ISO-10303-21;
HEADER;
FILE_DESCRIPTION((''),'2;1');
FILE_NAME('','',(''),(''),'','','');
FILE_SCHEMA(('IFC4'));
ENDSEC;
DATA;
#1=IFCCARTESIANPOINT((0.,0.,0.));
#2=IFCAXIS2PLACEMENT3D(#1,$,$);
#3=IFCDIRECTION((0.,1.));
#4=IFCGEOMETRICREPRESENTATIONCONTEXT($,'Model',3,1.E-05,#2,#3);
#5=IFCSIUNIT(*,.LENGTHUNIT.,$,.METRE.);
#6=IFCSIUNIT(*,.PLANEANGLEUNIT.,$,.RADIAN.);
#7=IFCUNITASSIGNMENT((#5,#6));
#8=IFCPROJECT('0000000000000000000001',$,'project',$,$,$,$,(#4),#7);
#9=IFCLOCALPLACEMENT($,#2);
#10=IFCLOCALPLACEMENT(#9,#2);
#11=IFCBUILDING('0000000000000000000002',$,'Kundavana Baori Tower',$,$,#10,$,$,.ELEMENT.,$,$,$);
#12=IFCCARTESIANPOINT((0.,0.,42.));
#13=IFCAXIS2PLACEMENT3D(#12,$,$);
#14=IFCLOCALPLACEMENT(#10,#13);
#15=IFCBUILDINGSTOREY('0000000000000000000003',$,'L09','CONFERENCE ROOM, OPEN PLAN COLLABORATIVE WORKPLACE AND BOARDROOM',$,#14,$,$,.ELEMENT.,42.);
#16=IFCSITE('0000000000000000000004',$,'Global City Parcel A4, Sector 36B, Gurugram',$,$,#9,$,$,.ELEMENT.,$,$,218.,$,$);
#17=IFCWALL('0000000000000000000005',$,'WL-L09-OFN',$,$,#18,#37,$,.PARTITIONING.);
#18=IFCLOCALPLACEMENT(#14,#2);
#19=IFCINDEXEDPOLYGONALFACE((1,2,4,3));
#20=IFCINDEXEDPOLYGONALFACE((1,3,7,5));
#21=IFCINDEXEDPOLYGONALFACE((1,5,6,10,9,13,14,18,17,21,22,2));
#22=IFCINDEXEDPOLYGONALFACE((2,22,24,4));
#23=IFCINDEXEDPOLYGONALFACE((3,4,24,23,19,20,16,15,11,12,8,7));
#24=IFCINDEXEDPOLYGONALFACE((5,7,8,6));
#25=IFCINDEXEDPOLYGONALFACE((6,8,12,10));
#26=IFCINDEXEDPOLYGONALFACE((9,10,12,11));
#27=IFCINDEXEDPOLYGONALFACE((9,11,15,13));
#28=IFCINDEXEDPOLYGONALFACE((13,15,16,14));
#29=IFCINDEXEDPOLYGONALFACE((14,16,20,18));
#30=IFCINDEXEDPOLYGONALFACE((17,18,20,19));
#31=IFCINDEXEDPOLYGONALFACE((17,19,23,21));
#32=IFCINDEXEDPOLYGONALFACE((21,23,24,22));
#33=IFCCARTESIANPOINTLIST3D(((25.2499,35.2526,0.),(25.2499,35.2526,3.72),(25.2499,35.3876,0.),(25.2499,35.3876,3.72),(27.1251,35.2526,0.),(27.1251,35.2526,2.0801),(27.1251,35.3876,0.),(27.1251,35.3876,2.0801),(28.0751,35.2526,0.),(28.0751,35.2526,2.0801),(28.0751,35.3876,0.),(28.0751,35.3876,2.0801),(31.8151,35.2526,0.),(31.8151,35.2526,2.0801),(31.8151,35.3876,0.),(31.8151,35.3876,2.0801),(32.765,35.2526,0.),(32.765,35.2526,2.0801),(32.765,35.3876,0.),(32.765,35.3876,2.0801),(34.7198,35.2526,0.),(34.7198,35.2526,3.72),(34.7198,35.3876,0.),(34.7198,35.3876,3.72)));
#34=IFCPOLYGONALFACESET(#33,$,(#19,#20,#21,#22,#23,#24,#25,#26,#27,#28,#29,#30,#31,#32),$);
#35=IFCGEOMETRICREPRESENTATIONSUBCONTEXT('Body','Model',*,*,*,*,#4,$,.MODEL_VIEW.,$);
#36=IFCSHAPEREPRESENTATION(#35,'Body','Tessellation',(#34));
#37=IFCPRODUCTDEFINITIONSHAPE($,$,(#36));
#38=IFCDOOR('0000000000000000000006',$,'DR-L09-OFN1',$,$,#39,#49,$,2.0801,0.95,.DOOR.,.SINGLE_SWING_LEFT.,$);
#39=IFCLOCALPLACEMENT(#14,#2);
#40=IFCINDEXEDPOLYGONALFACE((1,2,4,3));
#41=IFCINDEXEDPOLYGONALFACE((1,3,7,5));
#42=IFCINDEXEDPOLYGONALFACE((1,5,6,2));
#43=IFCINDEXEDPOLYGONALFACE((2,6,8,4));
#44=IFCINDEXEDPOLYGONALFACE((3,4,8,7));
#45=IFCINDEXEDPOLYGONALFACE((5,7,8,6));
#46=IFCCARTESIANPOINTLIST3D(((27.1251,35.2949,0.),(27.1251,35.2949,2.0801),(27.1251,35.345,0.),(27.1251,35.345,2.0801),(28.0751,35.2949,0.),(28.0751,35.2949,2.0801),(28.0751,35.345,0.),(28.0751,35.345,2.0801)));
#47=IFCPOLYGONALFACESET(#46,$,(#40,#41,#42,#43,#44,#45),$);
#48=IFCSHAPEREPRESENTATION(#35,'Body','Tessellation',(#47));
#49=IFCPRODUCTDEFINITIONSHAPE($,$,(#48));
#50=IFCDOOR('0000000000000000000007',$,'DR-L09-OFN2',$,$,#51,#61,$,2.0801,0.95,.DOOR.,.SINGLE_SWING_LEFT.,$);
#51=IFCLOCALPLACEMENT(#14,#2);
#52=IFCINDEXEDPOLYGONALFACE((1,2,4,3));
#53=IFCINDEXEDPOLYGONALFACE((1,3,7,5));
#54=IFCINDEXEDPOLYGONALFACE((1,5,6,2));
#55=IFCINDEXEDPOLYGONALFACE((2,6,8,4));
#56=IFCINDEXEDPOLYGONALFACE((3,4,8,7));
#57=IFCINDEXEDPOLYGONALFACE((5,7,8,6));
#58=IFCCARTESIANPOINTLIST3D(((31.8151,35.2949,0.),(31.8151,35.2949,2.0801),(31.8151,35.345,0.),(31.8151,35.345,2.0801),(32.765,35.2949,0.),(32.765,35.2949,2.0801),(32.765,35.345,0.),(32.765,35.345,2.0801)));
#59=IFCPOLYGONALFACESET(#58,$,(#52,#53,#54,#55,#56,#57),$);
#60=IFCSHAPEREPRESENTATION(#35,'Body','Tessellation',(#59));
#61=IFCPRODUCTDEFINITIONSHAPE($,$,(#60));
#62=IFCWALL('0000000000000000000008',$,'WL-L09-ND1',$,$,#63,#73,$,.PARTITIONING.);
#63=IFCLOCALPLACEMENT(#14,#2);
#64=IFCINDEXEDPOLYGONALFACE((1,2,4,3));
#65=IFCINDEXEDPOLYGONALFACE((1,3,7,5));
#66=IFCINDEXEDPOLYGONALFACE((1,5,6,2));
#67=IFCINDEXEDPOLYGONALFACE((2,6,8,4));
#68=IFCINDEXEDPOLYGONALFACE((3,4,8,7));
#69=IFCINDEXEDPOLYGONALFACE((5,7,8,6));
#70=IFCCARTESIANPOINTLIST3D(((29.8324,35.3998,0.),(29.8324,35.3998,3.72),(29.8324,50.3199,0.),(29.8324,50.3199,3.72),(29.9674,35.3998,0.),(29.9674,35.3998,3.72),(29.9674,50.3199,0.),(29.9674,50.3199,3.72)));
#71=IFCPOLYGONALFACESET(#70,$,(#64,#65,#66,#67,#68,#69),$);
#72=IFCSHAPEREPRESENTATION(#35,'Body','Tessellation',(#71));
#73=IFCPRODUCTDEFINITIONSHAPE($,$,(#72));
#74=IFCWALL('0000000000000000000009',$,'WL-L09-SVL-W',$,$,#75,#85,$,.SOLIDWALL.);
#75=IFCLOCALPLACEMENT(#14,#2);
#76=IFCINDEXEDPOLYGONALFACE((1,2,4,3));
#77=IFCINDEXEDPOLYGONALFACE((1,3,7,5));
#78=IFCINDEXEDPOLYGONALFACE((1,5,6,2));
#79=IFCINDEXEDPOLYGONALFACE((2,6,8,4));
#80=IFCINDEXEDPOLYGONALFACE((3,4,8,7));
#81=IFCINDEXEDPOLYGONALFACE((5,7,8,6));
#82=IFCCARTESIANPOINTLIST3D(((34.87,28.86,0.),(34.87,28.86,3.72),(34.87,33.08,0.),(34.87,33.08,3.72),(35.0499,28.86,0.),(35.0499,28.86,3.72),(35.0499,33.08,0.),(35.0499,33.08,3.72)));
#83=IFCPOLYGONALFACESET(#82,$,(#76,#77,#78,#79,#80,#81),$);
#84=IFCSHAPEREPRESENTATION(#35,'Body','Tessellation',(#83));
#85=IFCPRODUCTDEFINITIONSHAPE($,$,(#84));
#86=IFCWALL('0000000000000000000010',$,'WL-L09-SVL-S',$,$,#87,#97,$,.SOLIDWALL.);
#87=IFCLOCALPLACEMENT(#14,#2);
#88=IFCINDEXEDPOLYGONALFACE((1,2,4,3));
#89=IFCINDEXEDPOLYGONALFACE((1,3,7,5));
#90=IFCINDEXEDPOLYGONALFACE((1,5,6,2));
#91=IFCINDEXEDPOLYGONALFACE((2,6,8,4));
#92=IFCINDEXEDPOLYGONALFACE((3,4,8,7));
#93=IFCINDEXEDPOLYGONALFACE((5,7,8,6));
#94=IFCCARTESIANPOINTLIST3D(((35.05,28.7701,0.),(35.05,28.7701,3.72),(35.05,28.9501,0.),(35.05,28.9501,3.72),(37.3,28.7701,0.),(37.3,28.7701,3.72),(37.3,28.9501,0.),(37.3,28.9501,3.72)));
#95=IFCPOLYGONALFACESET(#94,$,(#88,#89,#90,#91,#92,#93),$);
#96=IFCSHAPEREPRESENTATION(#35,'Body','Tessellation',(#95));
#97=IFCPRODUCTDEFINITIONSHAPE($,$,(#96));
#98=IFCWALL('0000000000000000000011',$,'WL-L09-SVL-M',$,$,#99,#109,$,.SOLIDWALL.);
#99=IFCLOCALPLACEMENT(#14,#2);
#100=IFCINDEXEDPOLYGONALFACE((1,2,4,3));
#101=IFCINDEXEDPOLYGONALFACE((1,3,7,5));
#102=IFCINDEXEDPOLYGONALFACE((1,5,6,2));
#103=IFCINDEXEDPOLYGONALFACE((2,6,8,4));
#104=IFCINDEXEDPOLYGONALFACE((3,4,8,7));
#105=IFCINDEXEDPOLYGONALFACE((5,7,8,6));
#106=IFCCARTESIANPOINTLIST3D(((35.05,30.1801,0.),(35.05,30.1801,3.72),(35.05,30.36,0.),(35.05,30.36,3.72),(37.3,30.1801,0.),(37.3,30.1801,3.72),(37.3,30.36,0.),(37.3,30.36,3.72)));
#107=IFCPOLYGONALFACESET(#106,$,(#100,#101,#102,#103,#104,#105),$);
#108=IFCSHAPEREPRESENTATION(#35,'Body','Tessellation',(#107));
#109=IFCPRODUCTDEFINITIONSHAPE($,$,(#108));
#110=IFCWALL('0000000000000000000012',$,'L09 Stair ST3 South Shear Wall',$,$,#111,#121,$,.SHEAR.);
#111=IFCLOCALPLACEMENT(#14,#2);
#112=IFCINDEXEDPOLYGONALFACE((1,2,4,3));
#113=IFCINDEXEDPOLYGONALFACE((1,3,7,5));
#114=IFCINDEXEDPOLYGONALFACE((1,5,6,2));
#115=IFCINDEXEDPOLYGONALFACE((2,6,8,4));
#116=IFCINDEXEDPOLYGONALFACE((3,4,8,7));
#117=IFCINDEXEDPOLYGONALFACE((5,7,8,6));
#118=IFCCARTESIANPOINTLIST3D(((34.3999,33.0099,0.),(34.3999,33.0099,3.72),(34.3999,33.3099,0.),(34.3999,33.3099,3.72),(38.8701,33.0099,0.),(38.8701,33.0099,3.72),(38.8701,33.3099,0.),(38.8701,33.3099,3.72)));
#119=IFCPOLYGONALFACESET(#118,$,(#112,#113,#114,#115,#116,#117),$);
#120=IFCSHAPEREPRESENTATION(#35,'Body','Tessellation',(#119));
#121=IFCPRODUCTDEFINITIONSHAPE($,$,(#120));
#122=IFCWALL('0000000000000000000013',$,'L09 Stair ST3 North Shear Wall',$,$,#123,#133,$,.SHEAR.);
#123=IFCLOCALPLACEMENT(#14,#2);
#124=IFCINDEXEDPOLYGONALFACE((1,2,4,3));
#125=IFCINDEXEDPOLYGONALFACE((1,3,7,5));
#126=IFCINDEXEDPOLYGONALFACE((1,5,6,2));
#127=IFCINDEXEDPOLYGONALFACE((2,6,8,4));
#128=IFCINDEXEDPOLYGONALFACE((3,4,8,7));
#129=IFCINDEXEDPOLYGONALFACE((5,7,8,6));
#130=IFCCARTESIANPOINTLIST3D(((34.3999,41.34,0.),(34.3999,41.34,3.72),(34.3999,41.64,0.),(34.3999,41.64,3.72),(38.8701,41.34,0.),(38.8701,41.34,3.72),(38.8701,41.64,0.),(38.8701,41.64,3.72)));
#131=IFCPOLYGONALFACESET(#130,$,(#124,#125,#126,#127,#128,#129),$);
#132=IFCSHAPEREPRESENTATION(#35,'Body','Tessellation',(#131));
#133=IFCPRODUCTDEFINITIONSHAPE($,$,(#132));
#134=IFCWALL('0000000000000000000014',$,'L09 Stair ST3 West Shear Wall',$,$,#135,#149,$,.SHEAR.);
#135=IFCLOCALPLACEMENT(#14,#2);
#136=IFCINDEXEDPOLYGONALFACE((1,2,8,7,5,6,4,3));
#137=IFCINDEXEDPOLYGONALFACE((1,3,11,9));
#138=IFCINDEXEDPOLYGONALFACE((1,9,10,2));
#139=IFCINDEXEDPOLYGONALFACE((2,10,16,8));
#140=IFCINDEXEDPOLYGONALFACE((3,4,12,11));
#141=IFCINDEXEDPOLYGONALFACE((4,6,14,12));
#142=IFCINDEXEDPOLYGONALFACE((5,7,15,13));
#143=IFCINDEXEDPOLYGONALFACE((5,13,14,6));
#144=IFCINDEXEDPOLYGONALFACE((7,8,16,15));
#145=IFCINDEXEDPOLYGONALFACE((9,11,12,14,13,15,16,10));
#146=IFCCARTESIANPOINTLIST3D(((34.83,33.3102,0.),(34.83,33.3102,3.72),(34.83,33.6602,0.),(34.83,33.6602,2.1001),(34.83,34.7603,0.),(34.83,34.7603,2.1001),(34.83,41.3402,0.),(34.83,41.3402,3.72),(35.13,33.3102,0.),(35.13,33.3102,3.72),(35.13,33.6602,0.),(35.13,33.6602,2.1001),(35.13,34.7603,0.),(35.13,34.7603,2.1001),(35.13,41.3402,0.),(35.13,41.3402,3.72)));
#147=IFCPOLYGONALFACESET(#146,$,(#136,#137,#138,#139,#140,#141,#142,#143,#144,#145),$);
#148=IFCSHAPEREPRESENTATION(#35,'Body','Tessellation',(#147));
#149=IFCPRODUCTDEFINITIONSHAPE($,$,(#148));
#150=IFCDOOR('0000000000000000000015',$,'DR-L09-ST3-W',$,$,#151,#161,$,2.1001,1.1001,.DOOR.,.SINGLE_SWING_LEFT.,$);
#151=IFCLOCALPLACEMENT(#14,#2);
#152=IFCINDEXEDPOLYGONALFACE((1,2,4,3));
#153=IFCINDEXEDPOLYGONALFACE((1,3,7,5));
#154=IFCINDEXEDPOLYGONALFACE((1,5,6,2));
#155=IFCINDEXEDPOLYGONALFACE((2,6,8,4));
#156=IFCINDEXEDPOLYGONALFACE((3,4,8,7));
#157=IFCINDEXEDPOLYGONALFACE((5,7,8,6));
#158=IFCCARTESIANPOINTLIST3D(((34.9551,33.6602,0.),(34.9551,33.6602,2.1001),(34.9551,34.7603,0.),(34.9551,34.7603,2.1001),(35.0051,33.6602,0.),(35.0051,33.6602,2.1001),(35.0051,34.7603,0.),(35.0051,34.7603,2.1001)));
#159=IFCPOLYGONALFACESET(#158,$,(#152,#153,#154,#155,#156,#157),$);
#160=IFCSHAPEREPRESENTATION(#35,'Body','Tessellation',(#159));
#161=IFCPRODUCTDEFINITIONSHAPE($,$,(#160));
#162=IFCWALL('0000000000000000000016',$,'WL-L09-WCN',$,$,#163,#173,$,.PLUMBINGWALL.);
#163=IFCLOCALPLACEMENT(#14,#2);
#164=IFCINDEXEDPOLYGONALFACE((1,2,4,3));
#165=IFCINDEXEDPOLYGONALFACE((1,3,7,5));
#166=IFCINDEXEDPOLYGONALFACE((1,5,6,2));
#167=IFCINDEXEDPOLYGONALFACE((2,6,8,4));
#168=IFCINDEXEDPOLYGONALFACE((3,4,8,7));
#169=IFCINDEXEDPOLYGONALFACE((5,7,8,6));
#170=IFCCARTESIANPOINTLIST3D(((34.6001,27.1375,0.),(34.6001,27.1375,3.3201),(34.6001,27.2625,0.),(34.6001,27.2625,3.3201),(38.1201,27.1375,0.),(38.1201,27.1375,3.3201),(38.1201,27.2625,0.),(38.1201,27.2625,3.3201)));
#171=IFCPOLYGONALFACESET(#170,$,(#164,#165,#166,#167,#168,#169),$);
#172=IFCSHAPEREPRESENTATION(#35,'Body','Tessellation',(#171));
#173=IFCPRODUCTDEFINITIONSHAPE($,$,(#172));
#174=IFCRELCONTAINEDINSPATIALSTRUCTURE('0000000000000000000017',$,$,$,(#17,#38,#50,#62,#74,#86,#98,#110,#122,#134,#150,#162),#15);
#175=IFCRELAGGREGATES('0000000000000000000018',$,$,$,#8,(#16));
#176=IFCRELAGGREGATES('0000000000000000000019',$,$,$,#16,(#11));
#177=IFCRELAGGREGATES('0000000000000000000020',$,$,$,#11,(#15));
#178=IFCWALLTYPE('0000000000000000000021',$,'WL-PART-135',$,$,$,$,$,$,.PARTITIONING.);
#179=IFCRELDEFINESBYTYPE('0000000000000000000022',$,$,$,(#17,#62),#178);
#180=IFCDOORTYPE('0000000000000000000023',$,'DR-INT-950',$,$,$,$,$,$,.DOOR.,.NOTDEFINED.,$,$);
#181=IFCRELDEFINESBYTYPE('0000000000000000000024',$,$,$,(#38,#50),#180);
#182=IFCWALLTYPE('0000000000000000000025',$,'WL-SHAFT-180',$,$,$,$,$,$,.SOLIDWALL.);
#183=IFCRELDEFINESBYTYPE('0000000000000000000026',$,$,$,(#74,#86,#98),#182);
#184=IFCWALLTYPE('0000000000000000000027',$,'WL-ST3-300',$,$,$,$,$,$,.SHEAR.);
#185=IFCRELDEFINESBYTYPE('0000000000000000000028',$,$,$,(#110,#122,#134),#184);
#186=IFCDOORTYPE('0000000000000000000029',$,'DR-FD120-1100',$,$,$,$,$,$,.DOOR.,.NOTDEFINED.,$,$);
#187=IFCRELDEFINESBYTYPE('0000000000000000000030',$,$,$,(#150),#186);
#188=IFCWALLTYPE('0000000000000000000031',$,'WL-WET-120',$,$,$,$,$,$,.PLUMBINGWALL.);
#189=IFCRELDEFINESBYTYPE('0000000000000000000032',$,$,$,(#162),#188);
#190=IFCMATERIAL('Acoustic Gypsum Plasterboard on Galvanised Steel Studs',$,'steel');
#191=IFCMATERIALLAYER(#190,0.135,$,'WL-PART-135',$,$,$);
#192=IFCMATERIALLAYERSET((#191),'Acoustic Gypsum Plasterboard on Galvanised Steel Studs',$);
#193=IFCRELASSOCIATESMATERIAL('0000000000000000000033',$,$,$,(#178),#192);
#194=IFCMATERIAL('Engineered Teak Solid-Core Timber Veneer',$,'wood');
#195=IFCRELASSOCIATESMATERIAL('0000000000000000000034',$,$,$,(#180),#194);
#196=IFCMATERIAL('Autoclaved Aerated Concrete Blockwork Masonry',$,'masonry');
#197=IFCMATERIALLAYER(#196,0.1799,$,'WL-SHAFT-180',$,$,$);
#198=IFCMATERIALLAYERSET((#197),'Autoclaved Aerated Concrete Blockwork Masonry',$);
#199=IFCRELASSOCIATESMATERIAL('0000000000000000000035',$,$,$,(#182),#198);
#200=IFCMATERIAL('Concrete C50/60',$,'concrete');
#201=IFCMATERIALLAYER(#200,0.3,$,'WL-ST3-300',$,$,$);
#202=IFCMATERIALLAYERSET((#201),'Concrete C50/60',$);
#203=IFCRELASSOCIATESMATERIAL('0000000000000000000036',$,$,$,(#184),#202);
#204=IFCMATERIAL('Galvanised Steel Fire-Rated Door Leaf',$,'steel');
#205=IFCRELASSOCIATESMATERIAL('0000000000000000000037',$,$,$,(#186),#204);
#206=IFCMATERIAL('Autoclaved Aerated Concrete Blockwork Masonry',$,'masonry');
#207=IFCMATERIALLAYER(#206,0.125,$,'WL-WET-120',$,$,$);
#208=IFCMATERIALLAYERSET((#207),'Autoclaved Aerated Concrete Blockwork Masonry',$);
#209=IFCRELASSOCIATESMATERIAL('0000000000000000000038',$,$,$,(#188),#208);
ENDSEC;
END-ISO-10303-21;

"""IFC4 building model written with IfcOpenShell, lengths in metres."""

from ifc_helpers import new_model, si_unit, direction, frame, frame_2d, origin, place, context, subcontext, project, spatial, rectangle, extrude, material, layer, layer_set, type_object, element, fill, save


model = new_model("IFC4")

# Units and contexts
model_context = context("Model", 3, precision=1e-05, world=origin(), true_north=direction((0.0, 1.0)))
body_context = subcontext(model_context, "Body", "Model", "MODEL_VIEW")
ifc_project = project(units=[si_unit("LENGTHUNIT", "METRE"), si_unit("PLANEANGLEUNIT", "RADIAN")], contexts=[model_context])

# Site, building, storey
site_placement = place(None, origin())
site = spatial("IfcSite", under=ifc_project, at=site_placement, Name="Global City Parcel A4, Sector 36B, Gurugram", CompositionType="ELEMENT", RefElevation=218.0)
building_placement = place(site_placement, origin())
building = spatial("IfcBuilding", under=site, at=building_placement, Name="Kundavana Baori Tower", CompositionType="ELEMENT")
storey_placement = place(building_placement, frame((0.0, 0.0, 42.0)))
storey = spatial("IfcBuildingStorey", under=building, at=storey_placement, Name="L09", Description="CONFERENCE ROOM, OPEN PLAN COLLABORATIVE WORKPLACE AND BOARDROOM", CompositionType="ELEMENT", Elevation=42.0)

# Wall, openings, doors
ifc_material_1 = material(Name="Acoustic Gypsum Plasterboard on Galvanised Steel Studs", Category="steel")
ifc_layer_1 = layer(ifc_material_1, 0.135, Name="WL-PART-135")
ifc_layer_set_1 = layer_set([ifc_layer_1], Name="Acoustic Gypsum Plasterboard on Galvanised Steel Studs")
wall_type_1 = type_object("IfcWallType", Name="WL-PART-135", PredefinedType="PARTITIONING", material=ifc_layer_set_1)
wall_1_placement = place(storey_placement, frame((25.25, 35.3201, 0.0), z_axis=(0.0, 0.0, 1.0), x_axis=(1.0, 0.0, 0.0)))
wall_1 = element("IfcWall", 1, at=wall_1_placement, inside=storey, type_object=wall_type_1, Name="WL-L09-OFN", PredefinedType="PARTITIONING", context=body_context, shape_type="SweptSolid", body=[
    extrude(rectangle(XDim=9.47, YDim=0.135, at=frame_2d((4.7349, 0.0))), origin(), (0.0, 0.0, 1.0), 3.72),
])
opening_1_placement = place(wall_1_placement, frame((1.875, 0.0, 0.0)))
opening_1 = element("IfcOpeningElement", 2, at=opening_1_placement, cuts=wall_1, PredefinedType="OPENING", context=body_context, shape_type="SweptSolid", body=[
    extrude(rectangle(XDim=0.95, YDim=2.0801, at=frame_2d((0.4751, 1.04))), frame((0.0, 0.0776, 0.0), z_axis=(0.0, -1.0, 0.0), x_axis=(1.0, 0.0, 0.0)), (0.0, 0.0, 1.0), 0.155),
])
opening_2_placement = place(wall_1_placement, frame((6.5649, 0.0, 0.0)))
opening_2 = element("IfcOpeningElement", 3, at=opening_2_placement, cuts=wall_1, PredefinedType="OPENING", context=body_context, shape_type="SweptSolid", body=[
    extrude(rectangle(XDim=0.95, YDim=2.0801, at=frame_2d((0.4751, 1.04))), frame((0.0, 0.0776, 0.0), z_axis=(0.0, -1.0, 0.0), x_axis=(1.0, 0.0, 0.0)), (0.0, 0.0, 1.0), 0.155),
])
ifc_material_2 = material(Name="Engineered Teak Solid-Core Timber Veneer", Category="wood")
door_type_1 = type_object("IfcDoorType", Name="DR-INT-950", OperationType="NOTDEFINED", PredefinedType="DOOR", material=ifc_material_2)
door_1_placement = place(opening_1_placement, origin())
door_1 = element("IfcDoor", 4, at=door_1_placement, inside=storey, type_object=door_type_1, Name="DR-L09-OFN1", OperationType="SINGLE_SWING_LEFT", OverallHeight=2.0801, OverallWidth=0.95, PredefinedType="DOOR", context=body_context, shape_type="SweptSolid", body=[
    extrude(rectangle(XDim=0.95, YDim=2.0801, at=frame_2d((0.4751, 1.04))), frame((0.0, 0.0249, 0.0), z_axis=(0.0, -1.0, 0.0), x_axis=(1.0, 0.0, 0.0)), (0.0, 0.0, 1.0), 0.05),
])
fill(opening_1, door_1)
door_2_placement = place(opening_2_placement, origin())
door_2 = element("IfcDoor", 5, at=door_2_placement, inside=storey, type_object=door_type_1, Name="DR-L09-OFN2", OperationType="SINGLE_SWING_LEFT", OverallHeight=2.0801, OverallWidth=0.95, PredefinedType="DOOR", context=body_context, shape_type="SweptSolid", body=[
    extrude(rectangle(XDim=0.95, YDim=2.0801, at=frame_2d((0.4751, 1.04))), frame((0.0, 0.0249, 0.0), z_axis=(0.0, -1.0, 0.0), x_axis=(1.0, 0.0, 0.0)), (0.0, 0.0, 1.0), 0.05),
])
fill(opening_2, door_2)

# Walls
wall_2_placement = place(storey_placement, frame((29.8999, 35.3999, 0.0), z_axis=(0.0, 0.0, 1.0), x_axis=(0.0, 1.0, 0.0)))
element("IfcWall", 6, at=wall_2_placement, inside=storey, type_object=wall_type_1, Name="WL-L09-ND1", PredefinedType="PARTITIONING", context=body_context, shape_type="SweptSolid", body=[
    extrude(rectangle(XDim=14.9202, YDim=0.135, at=frame_2d((7.46, 0.0))), origin(), (0.0, 0.0, 1.0), 3.72),
])
ifc_material_3 = material(Name="Autoclaved Aerated Concrete Blockwork Masonry", Category="masonry")
ifc_layer_2 = layer(ifc_material_3, 0.1799, Name="WL-SHAFT-180")
ifc_layer_set_2 = layer_set([ifc_layer_2], Name="Autoclaved Aerated Concrete Blockwork Masonry")
wall_type_2 = type_object("IfcWallType", Name="WL-SHAFT-180", PredefinedType="SOLIDWALL", material=ifc_layer_set_2)
wall_3_placement = place(storey_placement, frame((34.96, 28.8601, 0.0), z_axis=(0.0, 0.0, 1.0), x_axis=(0.0, 1.0, 0.0)))
element("IfcWall", 7, at=wall_3_placement, inside=storey, type_object=wall_type_2, Name="WL-L09-SVL-W", PredefinedType="SOLIDWALL", context=body_context, shape_type="SweptSolid", body=[
    extrude(rectangle(XDim=4.22, YDim=0.1799, at=frame_2d((2.1099, 0.0))), origin(), (0.0, 0.0, 1.0), 3.72),
])
for number, where, z_axis, x_axis, name in (
    (8, (35.05, 28.8601, 0.0), (0.0, 0.0, 1.0), (1.0, 0.0, 0.0), "WL-L09-SVL-S"),
    (9, (35.05, 30.27, 0.0), (0.0, 0.0, 1.0), (1.0, 0.0, 0.0), "WL-L09-SVL-M"),
):
    element("IfcWall", number, at=place(storey_placement, frame(where, z_axis=z_axis, x_axis=x_axis)), inside=storey, type_object=wall_type_2, Name=name, PredefinedType="SOLIDWALL", context=body_context, shape_type="SweptSolid", body=[
        extrude(rectangle(XDim=2.25, YDim=0.1799, at=frame_2d((1.125, 0.0))), origin(), (0.0, 0.0, 1.0), 3.72),
    ])
ifc_material_4 = material(Name="Concrete C50/60", Category="concrete")
ifc_layer_3 = layer(ifc_material_4, 0.3, Name="WL-ST3-300")
ifc_layer_set_3 = layer_set([ifc_layer_3], Name="Concrete C50/60")
wall_type_3 = type_object("IfcWallType", Name="WL-ST3-300", PredefinedType="SHEAR", material=ifc_layer_set_3)
for number, where, z_axis, x_axis, name in (
    (10, (34.3999, 33.1599, 0.0), (0.0, 0.0, 1.0), (1.0, 0.0, 0.0), "L09 Stair ST3 South Shear Wall"),
    (11, (34.3999, 41.49, 0.0), (0.0, 0.0, 1.0), (1.0, 0.0, 0.0), "L09 Stair ST3 North Shear Wall"),
):
    element("IfcWall", number, at=place(storey_placement, frame(where, z_axis=z_axis, x_axis=x_axis)), inside=storey, type_object=wall_type_3, Name=name, PredefinedType="SHEAR", context=body_context, shape_type="SweptSolid", body=[
        extrude(rectangle(XDim=4.4702, YDim=0.3, at=frame_2d((2.2351, 0.0))), origin(), (0.0, 0.0, 1.0), 3.72),
    ])

# Wall, opening, door
wall_4_placement = place(storey_placement, frame((34.98, 33.3101, 0.0), z_axis=(0.0, 0.0, 1.0), x_axis=(0.0, 1.0, 0.0)))
wall_4 = element("IfcWall", 12, at=wall_4_placement, inside=storey, type_object=wall_type_3, Name="L09 Stair ST3 West Shear Wall", PredefinedType="SHEAR", context=body_context, shape_type="SweptSolid", body=[
    extrude(rectangle(XDim=8.03, YDim=0.3, at=frame_2d((4.0151, 0.0))), origin(), (0.0, 0.0, 1.0), 3.72),
])
opening_3_placement = place(wall_4_placement, frame((0.3501, 0.0, 0.0)))
opening_3 = element("IfcOpeningElement", 13, at=opening_3_placement, cuts=wall_4, PredefinedType="OPENING", context=body_context, shape_type="SweptSolid", body=[
    extrude(rectangle(XDim=1.1001, YDim=2.1001, at=frame_2d((0.55, 1.05))), frame((0.0, 0.1602, 0.0), z_axis=(0.0, -1.0, 0.0), x_axis=(1.0, 0.0, 0.0)), (0.0, 0.0, 1.0), 0.3201),
])
ifc_material_5 = material(Name="Galvanised Steel Fire-Rated Door Leaf", Category="steel")
door_type_2 = type_object("IfcDoorType", Name="DR-FD120-1100", OperationType="NOTDEFINED", PredefinedType="DOOR", material=ifc_material_5)
door_3_placement = place(opening_3_placement, origin())
door_3 = element("IfcDoor", 14, at=door_3_placement, inside=storey, type_object=door_type_2, Name="DR-L09-ST3-W", OperationType="SINGLE_SWING_LEFT", OverallHeight=2.1001, OverallWidth=1.1001, PredefinedType="DOOR", context=body_context, shape_type="SweptSolid", body=[
    extrude(rectangle(XDim=1.1001, YDim=2.1001, at=frame_2d((0.55, 1.05))), frame((0.0, 0.0249, 0.0), z_axis=(0.0, -1.0, 0.0), x_axis=(1.0, 0.0, 0.0)), (0.0, 0.0, 1.0), 0.05),
])
fill(opening_3, door_3)

# Wall
ifc_material_6 = material(Name="Autoclaved Aerated Concrete Blockwork Masonry", Category="masonry")
ifc_layer_4 = layer(ifc_material_6, 0.125, Name="WL-WET-120")
ifc_layer_set_4 = layer_set([ifc_layer_4], Name="Autoclaved Aerated Concrete Blockwork Masonry")
wall_type_4 = type_object("IfcWallType", Name="WL-WET-120", PredefinedType="PLUMBINGWALL", material=ifc_layer_set_4)
wall_5_placement = place(storey_placement, frame((34.6001, 27.2, 0.0), z_axis=(0.0, 0.0, 1.0), x_axis=(1.0, 0.0, 0.0)))
element("IfcWall", 15, at=wall_5_placement, inside=storey, type_object=wall_type_4, Name="WL-L09-WCN", PredefinedType="PLUMBINGWALL", context=body_context, shape_type="SweptSolid", body=[
    extrude(rectangle(XDim=3.52, YDim=0.125, at=frame_2d((1.76, 0.0))), origin(), (0.0, 0.0, 1.0), 3.3201),
])

save(model, "model.ifc")
